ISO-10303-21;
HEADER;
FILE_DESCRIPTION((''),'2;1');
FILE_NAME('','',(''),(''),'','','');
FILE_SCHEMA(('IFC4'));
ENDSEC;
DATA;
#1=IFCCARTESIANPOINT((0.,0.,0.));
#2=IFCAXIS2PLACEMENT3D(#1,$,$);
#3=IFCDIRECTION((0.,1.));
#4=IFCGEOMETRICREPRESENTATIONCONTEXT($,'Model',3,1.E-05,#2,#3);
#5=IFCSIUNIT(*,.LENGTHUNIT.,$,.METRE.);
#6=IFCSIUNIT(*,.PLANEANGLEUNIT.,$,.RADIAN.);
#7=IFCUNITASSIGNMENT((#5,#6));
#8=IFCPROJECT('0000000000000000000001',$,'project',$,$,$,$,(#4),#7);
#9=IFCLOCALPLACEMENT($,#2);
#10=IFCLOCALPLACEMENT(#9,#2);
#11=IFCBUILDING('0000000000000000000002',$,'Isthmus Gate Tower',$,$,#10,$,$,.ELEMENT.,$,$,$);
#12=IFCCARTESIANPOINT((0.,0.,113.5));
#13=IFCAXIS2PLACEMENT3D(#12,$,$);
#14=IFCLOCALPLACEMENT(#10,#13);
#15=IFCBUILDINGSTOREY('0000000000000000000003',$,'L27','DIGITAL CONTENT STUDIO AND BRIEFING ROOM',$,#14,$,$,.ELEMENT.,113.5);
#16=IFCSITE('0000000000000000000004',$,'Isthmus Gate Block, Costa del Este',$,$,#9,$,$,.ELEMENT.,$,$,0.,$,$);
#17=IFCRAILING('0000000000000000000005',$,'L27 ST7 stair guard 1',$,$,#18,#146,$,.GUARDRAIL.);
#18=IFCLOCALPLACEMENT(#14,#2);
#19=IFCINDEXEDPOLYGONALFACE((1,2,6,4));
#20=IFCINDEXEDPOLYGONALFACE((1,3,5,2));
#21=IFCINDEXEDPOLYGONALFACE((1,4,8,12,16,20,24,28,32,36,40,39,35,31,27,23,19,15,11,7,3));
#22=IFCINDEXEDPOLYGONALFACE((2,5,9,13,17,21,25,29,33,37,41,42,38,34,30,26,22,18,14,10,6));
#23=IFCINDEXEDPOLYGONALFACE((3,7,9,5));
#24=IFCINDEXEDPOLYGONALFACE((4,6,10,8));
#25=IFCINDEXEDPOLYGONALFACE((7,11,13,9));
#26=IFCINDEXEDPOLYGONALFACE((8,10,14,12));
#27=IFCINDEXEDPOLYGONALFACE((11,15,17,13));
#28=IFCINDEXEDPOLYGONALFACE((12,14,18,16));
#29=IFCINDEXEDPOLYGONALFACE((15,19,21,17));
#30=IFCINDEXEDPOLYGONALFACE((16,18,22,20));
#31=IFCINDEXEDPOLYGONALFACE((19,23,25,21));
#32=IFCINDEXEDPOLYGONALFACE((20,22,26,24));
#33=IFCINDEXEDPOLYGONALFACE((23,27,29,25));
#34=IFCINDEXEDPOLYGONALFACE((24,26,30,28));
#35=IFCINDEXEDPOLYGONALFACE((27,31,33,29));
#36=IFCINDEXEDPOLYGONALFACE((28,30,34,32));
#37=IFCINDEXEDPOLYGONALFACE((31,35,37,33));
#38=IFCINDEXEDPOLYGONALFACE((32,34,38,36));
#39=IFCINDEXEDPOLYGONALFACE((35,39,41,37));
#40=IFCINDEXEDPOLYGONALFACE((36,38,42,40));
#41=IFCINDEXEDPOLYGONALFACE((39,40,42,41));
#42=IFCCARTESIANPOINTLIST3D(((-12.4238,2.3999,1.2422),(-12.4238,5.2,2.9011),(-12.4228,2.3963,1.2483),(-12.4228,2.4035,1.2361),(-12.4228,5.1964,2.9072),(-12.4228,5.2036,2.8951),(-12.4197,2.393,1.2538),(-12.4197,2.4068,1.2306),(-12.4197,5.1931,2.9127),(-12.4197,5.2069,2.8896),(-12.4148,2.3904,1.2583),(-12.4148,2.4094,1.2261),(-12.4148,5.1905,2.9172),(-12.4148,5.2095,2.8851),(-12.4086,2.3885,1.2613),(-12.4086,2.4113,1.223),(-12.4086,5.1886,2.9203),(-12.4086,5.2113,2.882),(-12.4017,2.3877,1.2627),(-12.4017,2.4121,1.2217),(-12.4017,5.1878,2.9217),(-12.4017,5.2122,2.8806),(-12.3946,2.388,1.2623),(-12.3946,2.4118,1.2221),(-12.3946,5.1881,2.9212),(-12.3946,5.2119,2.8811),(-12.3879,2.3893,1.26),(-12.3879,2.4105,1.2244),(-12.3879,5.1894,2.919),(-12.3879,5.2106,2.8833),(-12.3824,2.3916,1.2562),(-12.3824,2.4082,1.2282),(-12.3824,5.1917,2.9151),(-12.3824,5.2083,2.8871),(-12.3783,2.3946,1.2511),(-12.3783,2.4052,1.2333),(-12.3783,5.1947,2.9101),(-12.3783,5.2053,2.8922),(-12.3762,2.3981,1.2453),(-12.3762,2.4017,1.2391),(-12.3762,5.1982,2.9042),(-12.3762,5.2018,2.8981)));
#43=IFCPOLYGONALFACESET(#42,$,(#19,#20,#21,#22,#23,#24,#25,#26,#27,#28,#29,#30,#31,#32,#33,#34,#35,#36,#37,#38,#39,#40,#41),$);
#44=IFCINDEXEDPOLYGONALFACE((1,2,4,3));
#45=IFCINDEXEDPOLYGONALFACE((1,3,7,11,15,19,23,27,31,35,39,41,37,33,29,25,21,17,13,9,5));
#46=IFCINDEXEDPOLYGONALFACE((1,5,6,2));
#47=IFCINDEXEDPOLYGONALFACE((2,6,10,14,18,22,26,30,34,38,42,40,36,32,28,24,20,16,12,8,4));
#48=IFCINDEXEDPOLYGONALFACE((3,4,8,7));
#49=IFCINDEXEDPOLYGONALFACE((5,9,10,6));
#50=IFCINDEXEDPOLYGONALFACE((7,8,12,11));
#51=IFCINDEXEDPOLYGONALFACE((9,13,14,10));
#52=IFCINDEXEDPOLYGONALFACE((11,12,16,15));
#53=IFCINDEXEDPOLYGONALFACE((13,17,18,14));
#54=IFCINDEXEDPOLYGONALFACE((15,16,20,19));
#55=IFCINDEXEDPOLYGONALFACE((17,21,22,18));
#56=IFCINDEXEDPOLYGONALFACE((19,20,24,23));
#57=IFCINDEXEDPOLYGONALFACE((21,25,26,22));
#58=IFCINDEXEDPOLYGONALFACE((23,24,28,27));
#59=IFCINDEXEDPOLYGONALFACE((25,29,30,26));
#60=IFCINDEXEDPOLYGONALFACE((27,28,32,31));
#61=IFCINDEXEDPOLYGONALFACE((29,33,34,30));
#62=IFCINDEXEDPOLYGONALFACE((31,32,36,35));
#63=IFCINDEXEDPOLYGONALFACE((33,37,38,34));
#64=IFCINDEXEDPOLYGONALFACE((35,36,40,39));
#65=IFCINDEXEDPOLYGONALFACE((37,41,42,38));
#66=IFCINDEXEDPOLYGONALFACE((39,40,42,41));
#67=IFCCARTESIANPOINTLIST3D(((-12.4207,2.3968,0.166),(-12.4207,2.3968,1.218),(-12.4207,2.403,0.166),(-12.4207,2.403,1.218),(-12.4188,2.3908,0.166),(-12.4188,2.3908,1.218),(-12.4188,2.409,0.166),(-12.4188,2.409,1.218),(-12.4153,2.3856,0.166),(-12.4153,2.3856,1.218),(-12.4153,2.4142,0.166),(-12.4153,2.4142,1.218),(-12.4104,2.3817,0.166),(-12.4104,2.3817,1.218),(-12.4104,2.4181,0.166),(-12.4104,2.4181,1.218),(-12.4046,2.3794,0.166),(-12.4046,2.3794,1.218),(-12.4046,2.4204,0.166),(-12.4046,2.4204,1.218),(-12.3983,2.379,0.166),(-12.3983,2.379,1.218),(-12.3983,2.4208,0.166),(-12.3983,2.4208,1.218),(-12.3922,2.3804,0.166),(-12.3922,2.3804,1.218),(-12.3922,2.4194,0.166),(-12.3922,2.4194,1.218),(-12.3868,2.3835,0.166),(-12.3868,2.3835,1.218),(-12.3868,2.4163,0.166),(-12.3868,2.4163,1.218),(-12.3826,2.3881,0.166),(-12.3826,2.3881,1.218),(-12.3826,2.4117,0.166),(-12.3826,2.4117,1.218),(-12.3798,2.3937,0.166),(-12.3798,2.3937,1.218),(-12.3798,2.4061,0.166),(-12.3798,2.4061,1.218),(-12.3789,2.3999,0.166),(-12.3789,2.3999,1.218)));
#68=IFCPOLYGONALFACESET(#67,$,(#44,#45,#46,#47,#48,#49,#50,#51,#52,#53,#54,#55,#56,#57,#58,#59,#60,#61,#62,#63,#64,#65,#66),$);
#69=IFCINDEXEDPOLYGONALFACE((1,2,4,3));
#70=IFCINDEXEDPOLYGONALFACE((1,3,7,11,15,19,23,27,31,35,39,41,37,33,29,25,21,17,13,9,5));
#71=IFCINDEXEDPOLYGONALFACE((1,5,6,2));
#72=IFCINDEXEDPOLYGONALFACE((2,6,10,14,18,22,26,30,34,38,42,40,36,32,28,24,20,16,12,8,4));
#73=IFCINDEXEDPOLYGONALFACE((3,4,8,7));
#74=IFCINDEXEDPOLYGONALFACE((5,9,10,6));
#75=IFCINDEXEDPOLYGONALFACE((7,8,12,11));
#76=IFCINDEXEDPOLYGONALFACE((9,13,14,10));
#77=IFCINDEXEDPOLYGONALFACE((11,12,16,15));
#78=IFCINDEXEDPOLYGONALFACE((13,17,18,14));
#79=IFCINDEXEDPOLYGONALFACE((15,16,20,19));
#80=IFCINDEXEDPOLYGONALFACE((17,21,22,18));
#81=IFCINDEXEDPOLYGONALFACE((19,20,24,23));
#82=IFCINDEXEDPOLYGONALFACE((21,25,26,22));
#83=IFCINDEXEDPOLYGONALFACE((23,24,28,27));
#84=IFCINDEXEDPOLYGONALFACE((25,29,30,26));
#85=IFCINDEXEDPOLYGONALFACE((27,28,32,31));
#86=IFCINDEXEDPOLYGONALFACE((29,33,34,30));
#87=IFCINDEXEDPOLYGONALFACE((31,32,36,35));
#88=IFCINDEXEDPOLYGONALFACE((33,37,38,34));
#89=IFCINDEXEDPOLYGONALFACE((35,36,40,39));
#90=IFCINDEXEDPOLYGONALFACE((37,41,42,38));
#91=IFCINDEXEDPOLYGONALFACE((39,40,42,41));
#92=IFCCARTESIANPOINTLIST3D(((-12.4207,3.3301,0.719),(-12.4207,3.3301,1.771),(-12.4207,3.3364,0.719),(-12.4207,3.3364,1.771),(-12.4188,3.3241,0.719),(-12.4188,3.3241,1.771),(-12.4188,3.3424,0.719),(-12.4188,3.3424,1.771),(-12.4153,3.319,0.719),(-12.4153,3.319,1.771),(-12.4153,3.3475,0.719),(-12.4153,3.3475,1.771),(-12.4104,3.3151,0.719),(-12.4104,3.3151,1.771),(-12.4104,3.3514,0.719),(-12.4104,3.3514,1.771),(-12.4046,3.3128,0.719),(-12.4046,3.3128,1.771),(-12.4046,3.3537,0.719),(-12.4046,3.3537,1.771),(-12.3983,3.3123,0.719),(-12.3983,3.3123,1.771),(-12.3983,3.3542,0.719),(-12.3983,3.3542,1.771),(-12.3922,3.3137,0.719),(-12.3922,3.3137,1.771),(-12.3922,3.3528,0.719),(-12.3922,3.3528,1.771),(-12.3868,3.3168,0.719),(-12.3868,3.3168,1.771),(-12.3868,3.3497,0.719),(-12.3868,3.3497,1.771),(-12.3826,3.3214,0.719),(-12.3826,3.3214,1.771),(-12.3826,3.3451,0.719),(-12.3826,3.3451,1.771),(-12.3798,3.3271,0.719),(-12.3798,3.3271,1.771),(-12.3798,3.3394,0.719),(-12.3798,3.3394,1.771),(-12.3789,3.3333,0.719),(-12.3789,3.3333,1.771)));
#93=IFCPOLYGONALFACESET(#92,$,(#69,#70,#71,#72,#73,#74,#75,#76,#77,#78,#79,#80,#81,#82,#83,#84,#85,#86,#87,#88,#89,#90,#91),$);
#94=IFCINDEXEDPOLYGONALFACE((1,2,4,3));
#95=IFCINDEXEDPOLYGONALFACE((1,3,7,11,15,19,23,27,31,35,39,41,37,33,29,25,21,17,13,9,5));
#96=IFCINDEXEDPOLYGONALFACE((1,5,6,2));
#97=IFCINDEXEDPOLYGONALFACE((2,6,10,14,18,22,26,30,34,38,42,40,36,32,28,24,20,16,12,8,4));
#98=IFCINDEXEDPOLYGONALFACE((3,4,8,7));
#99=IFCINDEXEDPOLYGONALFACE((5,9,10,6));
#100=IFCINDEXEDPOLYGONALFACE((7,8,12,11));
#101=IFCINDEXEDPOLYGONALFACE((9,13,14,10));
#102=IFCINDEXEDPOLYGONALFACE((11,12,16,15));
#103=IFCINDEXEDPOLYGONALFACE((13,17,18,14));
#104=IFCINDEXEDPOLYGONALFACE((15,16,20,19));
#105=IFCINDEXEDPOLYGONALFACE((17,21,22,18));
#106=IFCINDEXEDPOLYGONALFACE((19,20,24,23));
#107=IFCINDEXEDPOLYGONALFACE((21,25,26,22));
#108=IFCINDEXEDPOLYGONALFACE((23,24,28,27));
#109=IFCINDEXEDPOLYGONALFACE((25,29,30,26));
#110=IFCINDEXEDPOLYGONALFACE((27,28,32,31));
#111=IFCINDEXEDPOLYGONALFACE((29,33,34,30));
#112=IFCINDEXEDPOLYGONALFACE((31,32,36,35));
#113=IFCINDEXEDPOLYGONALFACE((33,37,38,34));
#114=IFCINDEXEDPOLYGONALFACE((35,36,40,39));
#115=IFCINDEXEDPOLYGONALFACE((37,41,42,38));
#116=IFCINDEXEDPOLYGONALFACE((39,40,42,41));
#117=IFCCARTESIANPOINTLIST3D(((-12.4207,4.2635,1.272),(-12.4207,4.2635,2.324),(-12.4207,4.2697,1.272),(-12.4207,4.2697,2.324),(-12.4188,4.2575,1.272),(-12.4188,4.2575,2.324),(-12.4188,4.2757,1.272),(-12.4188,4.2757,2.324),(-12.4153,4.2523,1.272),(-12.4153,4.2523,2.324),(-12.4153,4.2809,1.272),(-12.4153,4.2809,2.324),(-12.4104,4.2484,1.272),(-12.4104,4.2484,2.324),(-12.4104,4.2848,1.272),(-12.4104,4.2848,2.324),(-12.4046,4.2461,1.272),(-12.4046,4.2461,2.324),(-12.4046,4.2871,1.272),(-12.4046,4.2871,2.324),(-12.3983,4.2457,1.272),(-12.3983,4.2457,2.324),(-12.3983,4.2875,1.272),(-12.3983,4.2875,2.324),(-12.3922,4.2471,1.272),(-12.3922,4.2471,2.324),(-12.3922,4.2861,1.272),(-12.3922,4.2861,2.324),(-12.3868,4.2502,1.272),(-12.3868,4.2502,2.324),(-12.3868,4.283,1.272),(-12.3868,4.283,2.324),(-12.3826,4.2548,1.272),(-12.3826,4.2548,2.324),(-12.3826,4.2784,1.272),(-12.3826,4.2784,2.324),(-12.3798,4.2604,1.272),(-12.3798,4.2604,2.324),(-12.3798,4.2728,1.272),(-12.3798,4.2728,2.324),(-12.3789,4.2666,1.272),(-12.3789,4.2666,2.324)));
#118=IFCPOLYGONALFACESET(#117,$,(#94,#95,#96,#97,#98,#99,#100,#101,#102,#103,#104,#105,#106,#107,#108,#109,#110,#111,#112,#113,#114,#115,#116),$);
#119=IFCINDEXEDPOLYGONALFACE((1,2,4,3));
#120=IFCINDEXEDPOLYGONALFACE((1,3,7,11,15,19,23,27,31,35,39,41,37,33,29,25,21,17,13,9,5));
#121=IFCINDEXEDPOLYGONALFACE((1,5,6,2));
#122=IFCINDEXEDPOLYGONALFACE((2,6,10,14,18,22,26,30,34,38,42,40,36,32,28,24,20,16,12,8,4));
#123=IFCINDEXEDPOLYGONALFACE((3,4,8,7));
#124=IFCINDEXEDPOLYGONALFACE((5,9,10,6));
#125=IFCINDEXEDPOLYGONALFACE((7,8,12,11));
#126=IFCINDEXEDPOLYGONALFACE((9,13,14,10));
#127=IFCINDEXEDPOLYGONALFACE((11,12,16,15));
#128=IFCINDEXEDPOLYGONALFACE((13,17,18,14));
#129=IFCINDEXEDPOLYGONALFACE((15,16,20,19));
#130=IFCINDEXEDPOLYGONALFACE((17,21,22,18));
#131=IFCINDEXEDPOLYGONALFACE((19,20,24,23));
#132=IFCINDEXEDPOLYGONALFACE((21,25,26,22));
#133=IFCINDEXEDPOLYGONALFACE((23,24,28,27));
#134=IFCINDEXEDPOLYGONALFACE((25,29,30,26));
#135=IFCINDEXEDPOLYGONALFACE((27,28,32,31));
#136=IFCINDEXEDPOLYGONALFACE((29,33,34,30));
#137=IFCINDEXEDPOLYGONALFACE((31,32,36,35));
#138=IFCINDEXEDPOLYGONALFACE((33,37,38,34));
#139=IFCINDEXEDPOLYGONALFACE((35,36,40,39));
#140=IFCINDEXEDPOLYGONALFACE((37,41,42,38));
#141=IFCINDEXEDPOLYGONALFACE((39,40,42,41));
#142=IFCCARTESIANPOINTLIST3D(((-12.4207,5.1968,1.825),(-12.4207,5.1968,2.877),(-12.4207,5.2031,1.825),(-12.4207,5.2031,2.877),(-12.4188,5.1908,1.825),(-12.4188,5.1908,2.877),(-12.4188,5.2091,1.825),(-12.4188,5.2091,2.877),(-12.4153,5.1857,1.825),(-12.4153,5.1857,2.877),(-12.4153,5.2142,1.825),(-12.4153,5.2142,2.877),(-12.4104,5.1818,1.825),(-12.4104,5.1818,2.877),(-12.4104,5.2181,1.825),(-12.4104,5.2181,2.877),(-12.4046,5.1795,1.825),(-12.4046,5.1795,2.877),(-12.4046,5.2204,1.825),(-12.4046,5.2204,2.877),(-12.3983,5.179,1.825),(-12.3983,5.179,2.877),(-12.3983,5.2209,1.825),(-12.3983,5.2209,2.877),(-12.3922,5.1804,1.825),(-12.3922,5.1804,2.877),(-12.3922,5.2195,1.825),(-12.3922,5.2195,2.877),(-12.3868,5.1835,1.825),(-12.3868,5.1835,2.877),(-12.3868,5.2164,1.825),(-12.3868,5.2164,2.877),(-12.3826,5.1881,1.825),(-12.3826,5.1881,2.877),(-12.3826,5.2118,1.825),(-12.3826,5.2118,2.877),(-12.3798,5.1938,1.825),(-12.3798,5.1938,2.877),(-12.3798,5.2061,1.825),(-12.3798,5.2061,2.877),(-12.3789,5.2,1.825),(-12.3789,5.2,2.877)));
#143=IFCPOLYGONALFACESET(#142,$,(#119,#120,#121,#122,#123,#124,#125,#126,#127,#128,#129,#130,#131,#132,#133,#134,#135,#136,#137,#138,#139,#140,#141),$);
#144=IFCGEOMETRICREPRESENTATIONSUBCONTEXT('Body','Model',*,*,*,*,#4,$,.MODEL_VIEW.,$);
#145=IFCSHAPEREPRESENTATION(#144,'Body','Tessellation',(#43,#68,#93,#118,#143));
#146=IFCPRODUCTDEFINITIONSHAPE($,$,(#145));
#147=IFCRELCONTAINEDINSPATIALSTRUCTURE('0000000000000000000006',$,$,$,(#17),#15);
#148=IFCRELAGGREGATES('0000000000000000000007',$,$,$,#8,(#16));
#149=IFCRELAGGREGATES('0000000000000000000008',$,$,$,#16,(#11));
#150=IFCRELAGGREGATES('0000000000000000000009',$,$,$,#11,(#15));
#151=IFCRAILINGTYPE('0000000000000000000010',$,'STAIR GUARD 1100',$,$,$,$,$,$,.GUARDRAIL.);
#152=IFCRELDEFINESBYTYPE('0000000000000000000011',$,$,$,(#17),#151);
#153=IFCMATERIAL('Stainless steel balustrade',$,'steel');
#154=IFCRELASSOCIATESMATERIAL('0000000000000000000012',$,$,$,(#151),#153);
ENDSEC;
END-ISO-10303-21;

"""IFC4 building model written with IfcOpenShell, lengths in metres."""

from ifc_helpers import new_model, si_unit, direction, frame, origin, origin_2d, place, context, subcontext, project, spatial, circle, extrude, material, type_object, element, save


model = new_model("IFC4")

# Units and contexts
model_context = context("Model", 3, precision=1e-05, world=origin(), true_north=direction((0.0, 1.0)))
body_context = subcontext(model_context, "Body", "Model", "MODEL_VIEW")
ifc_project = project(units=[si_unit("LENGTHUNIT", "METRE"), si_unit("PLANEANGLEUNIT", "RADIAN")], contexts=[model_context])

# Site, building, storey
site_placement = place(None, origin())
site = spatial("IfcSite", under=ifc_project, at=site_placement, Name="Isthmus Gate Block, Costa del Este", CompositionType="ELEMENT", RefElevation=0.0)
building_placement = place(site_placement, origin())
building = spatial("IfcBuilding", under=site, at=building_placement, Name="Isthmus Gate Tower", CompositionType="ELEMENT")
storey_placement = place(building_placement, frame((0.0, 0.0, 113.5)))
storey = spatial("IfcBuildingStorey", under=building, at=storey_placement, Name="L27", Description="DIGITAL CONTENT STUDIO AND BRIEFING ROOM", CompositionType="ELEMENT", Elevation=113.5)

# Railing
ifc_material_1 = material(Name="Stainless steel balustrade", Category="steel")
railing_type_1 = type_object("IfcRailingType", Name="STAIR GUARD 1100", PredefinedType="GUARDRAIL", material=ifc_material_1)
railing_1_placement = place(storey_placement, frame((-12.3999, 2.3999, 0.166)))
element("IfcRailing", 1, at=railing_1_placement, inside=storey, type_object=railing_type_1, Name="L27 ST7 stair guard 1", PredefinedType="GUARDRAIL", context=body_context, shape_type="SweptSolid", body=[
    extrude(circle(Radius=0.0239, at=origin_2d()), frame((0.0, 0.0, 1.0762), z_axis=(0.0, 0.860339, 0.509722), x_axis=(-1.0, 0.0, 0.0)), (0.0, 0.0, 1.0), 3.2546),
    extrude(circle(Radius=0.021, at=origin_2d()), origin(), (0.0, 0.0, 1.0), 1.052),
    extrude(circle(Radius=0.021, at=origin_2d()), frame((0.0, 0.9333, 0.553)), (0.0, 0.0, 1.0), 1.052),
    extrude(circle(Radius=0.021, at=origin_2d()), frame((0.0, 1.8667, 1.106)), (0.0, 0.0, 1.0), 1.052),
    extrude(circle(Radius=0.021, at=origin_2d()), frame((0.0, 2.8, 1.6589)), (0.0, 0.0, 1.0), 1.052),
])

save(model, "model.ifc")
